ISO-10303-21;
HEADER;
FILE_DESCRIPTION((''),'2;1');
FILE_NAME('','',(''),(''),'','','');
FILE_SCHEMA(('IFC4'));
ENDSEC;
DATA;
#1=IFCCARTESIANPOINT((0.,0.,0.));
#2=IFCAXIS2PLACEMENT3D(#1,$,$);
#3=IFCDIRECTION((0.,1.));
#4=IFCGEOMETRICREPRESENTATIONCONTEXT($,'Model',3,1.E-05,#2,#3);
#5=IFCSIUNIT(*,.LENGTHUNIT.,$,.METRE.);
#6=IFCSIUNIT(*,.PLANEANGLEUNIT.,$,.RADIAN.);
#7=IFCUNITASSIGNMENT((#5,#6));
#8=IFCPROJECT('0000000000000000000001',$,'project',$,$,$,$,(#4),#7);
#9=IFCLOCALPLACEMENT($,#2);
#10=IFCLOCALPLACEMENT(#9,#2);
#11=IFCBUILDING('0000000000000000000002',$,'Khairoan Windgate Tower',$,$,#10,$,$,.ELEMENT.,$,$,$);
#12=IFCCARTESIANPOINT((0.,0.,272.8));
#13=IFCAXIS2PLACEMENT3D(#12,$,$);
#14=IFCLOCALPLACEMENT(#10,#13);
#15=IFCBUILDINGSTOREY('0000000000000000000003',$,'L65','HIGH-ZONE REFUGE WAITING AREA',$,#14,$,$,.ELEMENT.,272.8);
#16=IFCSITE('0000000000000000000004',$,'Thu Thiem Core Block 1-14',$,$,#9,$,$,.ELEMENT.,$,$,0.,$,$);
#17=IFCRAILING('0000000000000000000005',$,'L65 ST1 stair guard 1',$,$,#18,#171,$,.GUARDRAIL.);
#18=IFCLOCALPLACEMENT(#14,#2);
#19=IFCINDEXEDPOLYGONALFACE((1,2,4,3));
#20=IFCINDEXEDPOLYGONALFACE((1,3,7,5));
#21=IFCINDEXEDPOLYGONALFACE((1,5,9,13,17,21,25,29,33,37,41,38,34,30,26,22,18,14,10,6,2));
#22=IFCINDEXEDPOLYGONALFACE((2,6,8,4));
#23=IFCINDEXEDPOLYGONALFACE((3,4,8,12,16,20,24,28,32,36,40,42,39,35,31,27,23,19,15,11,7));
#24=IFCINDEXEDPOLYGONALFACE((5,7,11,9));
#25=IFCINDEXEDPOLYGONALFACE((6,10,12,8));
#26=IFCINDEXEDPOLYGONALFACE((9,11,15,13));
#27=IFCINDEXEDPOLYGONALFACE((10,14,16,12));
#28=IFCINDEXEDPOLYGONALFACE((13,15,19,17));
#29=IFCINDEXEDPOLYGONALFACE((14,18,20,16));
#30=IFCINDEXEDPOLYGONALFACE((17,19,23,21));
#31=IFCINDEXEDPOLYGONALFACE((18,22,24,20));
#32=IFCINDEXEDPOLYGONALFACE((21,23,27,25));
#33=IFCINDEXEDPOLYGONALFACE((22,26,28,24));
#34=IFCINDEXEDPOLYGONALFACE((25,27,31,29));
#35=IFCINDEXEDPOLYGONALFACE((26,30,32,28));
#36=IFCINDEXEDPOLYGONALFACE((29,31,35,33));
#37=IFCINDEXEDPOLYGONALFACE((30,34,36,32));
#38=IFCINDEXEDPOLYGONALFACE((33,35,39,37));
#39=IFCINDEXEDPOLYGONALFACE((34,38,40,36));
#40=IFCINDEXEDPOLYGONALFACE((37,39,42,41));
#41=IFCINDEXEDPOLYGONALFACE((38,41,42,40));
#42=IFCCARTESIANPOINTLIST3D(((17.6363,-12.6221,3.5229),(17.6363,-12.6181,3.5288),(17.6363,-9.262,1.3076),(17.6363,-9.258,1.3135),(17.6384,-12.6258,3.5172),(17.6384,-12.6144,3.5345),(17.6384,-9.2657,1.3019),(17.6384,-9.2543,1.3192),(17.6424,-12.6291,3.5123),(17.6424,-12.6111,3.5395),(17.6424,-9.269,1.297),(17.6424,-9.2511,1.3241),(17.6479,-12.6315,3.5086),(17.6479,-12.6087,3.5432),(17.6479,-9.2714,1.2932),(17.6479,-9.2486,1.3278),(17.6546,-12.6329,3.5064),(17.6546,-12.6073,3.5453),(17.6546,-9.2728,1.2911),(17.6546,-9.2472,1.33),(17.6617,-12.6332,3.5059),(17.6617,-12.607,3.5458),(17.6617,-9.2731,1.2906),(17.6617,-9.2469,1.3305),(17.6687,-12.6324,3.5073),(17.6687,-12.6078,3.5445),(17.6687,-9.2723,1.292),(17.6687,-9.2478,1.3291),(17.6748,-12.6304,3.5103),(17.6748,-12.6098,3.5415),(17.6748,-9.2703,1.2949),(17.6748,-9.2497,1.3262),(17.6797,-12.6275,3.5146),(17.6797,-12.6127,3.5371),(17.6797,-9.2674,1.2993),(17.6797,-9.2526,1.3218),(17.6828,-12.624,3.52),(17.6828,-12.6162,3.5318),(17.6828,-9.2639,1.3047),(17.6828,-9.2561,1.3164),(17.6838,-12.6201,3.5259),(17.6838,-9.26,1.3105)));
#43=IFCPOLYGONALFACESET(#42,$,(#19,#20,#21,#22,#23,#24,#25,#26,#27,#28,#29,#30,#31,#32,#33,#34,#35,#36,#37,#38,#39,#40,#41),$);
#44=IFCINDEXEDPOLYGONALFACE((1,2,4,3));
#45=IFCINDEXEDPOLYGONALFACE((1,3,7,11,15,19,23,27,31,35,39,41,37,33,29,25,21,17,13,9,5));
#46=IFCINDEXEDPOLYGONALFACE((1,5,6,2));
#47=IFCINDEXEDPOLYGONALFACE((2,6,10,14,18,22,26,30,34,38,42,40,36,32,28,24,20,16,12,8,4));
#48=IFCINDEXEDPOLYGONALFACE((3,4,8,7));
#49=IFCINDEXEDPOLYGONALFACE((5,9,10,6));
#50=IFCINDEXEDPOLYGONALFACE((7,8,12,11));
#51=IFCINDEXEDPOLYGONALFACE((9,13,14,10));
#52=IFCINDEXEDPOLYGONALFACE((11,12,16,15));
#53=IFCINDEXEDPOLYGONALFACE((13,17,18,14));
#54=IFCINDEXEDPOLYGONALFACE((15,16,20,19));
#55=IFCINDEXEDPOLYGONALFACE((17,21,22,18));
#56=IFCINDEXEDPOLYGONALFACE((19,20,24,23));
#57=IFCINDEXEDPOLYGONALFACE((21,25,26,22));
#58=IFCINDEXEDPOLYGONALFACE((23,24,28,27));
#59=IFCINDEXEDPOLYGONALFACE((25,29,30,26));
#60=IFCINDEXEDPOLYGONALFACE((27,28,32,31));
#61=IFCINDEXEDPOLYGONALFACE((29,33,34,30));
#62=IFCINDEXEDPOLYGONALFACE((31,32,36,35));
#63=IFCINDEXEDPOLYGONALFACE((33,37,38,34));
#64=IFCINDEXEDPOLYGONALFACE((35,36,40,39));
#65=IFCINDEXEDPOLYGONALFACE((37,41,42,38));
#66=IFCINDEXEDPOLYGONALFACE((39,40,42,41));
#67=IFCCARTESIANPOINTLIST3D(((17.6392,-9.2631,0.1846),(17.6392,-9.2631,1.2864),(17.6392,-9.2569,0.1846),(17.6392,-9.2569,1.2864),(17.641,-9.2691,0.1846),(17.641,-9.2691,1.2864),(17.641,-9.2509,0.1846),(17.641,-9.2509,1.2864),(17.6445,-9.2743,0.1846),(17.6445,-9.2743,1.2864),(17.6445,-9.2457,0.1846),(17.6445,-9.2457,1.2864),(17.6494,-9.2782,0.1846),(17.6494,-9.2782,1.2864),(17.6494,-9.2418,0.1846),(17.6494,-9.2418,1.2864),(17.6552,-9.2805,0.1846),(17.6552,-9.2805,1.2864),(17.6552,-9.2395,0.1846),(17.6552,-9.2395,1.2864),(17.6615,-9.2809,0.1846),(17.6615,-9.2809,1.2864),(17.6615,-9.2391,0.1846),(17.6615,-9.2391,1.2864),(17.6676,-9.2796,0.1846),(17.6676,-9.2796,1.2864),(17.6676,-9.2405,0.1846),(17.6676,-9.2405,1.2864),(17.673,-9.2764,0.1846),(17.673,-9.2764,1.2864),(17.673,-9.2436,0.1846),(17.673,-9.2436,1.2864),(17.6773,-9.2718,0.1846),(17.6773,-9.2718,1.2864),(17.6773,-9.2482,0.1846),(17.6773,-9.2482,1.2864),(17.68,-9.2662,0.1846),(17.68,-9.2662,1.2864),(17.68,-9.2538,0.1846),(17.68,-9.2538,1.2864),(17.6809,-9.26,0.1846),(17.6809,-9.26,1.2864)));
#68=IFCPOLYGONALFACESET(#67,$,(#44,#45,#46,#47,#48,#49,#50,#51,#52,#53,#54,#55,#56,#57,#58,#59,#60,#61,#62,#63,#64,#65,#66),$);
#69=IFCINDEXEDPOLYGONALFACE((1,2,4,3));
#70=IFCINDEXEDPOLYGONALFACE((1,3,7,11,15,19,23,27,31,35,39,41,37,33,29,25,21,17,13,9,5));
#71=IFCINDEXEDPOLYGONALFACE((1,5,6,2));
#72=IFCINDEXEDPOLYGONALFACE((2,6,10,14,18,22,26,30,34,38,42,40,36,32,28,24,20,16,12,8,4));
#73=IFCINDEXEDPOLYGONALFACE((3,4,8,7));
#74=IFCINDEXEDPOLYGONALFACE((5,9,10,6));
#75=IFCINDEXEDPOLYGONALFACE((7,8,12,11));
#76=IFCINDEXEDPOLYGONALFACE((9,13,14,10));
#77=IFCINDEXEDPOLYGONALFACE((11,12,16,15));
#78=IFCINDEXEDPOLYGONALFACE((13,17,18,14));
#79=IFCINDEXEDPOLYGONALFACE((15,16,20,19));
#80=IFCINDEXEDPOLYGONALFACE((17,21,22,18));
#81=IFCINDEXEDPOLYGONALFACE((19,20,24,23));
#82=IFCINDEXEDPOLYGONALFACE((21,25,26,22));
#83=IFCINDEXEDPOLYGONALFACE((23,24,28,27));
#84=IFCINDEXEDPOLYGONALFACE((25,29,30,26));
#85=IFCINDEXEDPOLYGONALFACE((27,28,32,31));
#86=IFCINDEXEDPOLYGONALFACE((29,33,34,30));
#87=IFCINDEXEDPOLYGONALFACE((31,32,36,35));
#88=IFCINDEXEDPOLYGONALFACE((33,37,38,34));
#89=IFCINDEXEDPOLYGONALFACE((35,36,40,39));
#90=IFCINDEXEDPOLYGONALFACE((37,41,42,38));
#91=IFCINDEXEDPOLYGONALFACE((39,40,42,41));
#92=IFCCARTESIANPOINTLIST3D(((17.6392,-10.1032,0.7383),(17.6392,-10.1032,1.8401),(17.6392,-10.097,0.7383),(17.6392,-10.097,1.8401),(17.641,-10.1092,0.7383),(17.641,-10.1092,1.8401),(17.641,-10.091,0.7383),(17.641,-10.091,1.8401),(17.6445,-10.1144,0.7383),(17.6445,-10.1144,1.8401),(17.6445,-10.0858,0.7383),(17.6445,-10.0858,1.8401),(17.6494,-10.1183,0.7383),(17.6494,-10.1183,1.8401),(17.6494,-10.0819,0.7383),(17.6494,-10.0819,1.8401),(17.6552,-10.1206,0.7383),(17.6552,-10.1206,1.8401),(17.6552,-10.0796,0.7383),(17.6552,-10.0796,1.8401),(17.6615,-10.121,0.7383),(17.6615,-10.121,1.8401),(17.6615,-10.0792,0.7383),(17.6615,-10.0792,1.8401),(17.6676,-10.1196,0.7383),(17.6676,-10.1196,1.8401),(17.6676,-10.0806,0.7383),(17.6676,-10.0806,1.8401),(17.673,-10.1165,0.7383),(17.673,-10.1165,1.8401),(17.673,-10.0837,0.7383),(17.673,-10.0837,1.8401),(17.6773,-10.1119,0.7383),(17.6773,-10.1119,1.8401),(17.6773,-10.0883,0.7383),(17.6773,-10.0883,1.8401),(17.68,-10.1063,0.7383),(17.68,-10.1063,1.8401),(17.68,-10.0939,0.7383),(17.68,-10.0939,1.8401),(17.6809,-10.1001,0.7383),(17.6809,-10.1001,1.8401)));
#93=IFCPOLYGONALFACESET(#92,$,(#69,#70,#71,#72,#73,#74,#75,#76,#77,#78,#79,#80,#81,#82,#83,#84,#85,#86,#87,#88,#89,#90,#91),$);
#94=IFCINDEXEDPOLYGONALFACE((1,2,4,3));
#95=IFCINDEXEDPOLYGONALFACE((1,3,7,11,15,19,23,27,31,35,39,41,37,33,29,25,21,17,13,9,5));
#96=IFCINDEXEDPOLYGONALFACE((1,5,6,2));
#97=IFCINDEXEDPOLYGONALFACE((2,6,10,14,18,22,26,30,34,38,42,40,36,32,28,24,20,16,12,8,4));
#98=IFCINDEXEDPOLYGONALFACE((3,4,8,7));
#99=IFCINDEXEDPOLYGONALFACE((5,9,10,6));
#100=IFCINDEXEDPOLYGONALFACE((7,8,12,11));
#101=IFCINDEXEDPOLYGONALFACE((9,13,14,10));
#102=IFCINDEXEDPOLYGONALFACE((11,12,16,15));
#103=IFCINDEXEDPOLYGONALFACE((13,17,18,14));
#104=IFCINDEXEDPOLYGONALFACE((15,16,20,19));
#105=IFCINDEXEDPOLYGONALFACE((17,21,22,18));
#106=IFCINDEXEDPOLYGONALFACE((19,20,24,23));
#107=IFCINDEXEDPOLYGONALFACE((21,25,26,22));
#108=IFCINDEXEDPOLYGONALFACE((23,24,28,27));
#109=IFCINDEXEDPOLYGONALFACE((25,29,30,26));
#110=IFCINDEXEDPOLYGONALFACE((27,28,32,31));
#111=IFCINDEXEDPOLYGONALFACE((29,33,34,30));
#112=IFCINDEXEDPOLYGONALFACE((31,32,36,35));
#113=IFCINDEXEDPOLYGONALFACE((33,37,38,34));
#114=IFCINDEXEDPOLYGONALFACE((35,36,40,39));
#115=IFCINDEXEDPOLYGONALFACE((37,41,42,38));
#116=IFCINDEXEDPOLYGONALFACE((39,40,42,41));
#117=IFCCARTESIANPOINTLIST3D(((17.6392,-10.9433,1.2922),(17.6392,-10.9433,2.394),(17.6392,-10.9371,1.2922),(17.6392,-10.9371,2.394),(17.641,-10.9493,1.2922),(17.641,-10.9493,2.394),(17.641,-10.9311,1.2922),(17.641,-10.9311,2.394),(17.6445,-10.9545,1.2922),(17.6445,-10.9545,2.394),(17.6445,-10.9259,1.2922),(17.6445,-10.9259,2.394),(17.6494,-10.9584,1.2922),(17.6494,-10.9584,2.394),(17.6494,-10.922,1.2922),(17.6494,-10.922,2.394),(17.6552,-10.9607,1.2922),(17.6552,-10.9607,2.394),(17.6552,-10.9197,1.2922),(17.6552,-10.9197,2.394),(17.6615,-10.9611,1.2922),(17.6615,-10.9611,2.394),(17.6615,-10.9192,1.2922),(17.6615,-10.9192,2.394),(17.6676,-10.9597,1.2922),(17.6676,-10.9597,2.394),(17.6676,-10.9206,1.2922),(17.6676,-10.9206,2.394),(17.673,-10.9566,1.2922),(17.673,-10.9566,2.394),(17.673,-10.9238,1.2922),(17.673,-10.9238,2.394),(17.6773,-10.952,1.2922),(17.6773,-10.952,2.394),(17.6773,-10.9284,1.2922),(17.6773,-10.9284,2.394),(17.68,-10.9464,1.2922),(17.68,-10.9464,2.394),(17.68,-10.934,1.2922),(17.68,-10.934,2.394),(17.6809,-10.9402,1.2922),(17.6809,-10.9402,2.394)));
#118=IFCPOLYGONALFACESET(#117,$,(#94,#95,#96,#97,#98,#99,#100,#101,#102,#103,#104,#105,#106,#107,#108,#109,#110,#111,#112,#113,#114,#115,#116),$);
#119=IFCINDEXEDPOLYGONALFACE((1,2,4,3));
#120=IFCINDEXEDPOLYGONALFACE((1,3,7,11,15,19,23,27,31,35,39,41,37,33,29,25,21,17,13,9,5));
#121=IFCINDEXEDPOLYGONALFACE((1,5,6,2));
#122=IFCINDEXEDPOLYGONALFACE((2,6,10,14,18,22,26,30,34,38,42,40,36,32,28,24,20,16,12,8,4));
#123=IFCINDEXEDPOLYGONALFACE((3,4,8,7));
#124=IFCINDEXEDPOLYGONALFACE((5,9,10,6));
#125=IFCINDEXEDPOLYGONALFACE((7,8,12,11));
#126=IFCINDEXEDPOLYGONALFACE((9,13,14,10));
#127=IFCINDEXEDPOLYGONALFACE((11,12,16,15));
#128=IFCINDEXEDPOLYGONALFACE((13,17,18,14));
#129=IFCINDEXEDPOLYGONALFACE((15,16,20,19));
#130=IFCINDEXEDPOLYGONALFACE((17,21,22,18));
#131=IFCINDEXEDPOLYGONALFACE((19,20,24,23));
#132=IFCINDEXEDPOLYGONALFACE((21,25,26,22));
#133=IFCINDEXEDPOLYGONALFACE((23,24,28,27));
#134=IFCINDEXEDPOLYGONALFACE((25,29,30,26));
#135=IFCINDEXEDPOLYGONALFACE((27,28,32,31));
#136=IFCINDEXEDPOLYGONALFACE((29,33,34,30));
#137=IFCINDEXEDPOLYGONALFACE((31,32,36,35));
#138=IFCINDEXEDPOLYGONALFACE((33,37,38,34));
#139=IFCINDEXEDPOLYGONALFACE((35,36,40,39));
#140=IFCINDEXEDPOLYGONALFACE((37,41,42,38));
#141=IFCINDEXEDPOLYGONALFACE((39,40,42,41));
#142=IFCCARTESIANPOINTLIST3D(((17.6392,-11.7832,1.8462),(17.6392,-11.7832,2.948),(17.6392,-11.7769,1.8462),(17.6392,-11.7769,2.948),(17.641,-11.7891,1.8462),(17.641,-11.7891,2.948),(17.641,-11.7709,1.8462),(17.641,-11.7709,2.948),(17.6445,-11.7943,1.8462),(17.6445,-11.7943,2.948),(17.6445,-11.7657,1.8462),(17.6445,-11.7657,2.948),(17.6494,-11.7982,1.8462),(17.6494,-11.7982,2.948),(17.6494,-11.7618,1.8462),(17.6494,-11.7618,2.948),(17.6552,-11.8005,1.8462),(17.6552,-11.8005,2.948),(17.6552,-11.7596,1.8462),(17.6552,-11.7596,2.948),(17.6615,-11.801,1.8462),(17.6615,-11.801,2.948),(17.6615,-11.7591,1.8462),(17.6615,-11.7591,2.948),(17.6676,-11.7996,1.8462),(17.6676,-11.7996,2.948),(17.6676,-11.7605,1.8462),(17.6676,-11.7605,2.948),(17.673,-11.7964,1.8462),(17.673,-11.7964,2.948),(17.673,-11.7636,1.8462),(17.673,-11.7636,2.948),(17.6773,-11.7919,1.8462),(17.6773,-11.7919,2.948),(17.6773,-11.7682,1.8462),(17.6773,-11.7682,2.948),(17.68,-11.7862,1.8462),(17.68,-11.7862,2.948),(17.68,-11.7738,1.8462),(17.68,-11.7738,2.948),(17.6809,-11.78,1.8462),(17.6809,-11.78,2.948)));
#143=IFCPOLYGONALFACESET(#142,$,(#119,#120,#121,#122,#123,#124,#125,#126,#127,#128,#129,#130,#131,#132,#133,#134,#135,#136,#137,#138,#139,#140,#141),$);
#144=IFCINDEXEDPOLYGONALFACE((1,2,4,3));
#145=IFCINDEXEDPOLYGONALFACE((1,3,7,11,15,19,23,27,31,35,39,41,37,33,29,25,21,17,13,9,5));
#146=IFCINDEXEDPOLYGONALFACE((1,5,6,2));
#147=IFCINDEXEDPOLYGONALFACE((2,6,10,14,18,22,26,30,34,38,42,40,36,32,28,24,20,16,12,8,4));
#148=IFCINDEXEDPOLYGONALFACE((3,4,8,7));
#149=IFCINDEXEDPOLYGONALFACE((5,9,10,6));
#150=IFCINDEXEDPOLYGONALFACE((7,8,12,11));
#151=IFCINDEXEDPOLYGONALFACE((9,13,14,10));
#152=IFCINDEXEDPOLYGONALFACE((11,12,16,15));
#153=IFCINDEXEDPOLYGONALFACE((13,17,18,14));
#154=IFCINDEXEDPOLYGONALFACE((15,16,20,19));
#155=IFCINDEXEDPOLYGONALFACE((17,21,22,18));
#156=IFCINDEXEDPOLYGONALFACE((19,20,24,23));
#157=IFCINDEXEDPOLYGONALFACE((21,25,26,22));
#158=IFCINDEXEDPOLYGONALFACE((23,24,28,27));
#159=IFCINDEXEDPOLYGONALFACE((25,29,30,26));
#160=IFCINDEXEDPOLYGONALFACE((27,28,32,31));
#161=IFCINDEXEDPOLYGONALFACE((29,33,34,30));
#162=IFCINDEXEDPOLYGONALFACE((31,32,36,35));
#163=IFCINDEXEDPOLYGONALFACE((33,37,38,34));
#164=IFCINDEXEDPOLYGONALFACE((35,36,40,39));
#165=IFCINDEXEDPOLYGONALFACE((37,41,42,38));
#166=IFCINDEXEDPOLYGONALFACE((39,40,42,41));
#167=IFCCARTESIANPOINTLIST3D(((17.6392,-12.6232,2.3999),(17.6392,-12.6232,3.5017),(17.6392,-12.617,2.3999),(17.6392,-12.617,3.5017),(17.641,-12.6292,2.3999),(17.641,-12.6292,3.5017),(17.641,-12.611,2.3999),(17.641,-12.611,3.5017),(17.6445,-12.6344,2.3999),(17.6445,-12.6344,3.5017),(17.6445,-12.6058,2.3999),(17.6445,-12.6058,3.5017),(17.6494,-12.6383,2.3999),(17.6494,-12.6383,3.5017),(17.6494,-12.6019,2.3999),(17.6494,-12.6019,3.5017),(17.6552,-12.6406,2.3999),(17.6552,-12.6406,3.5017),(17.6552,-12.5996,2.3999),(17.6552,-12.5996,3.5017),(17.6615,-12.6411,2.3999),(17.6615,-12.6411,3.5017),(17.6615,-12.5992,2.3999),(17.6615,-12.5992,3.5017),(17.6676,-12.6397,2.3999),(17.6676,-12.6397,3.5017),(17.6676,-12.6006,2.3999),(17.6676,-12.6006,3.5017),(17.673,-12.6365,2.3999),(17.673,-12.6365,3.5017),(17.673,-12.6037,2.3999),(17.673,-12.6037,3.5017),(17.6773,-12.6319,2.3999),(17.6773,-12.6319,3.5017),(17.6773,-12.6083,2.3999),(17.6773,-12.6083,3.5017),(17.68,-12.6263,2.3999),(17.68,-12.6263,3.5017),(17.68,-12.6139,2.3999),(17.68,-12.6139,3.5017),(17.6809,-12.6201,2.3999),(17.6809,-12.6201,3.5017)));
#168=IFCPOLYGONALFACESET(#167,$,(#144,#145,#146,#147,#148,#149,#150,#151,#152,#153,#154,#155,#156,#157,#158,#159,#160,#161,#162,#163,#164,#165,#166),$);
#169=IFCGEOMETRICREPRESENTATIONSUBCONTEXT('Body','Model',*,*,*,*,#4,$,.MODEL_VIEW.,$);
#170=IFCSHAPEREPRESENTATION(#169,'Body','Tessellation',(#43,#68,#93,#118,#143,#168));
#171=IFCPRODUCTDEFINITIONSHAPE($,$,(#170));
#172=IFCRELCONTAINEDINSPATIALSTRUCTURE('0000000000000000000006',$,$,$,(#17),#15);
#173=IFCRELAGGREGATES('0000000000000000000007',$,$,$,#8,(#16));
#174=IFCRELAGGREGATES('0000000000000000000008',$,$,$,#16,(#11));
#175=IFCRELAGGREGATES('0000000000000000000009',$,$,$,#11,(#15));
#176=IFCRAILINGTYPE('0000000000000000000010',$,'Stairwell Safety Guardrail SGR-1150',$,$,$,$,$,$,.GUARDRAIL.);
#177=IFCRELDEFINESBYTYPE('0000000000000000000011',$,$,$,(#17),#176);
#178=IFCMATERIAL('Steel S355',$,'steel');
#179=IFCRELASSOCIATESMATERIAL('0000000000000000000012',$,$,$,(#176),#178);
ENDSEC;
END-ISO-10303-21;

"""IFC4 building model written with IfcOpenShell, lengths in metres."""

from ifc_helpers import new_model, si_unit, direction, frame, origin, origin_2d, place, context, subcontext, project, spatial, circle, extrude, material, type_object, element, save


model = new_model("IFC4")

# Units and contexts
model_context = context("Model", 3, precision=1e-05, world=origin(), true_north=direction((0.0, 1.0)))
body_context = subcontext(model_context, "Body", "Model", "MODEL_VIEW")
ifc_project = project(units=[si_unit("LENGTHUNIT", "METRE"), si_unit("PLANEANGLEUNIT", "RADIAN")], contexts=[model_context])

# Site, building, storey
site_placement = place(None, origin())
site = spatial("IfcSite", under=ifc_project, at=site_placement, Name="Thu Thiem Core Block 1-14", CompositionType="ELEMENT", RefElevation=0.0)
building_placement = place(site_placement, origin())
building = spatial("IfcBuilding", under=site, at=building_placement, Name="Khairoan Windgate Tower", CompositionType="ELEMENT")
storey_placement = place(building_placement, frame((0.0, 0.0, 272.8)))
storey = spatial("IfcBuildingStorey", under=building, at=storey_placement, Name="L65", Description="HIGH-ZONE REFUGE WAITING AREA", CompositionType="ELEMENT", Elevation=272.8)

# Railing
ifc_material_1 = material(Name="Steel S355", Category="steel")
railing_type_1 = type_object("IfcRailingType", Name="Stairwell Safety Guardrail SGR-1150", PredefinedType="GUARDRAIL", material=ifc_material_1)
railing_1_placement = place(storey_placement, frame((17.6599, -9.26, 0.1846)))
element("IfcRailing", 1, at=railing_1_placement, inside=storey, type_object=railing_type_1, Name="L65 ST1 stair guard 1", PredefinedType="GUARDRAIL", context=body_context, shape_type="SweptSolid", body=[
    extrude(circle(Radius=0.0239, at=origin_2d()), frame((0.0, 0.0, 1.126), z_axis=(0.0, -0.834876, 0.550437), x_axis=(1.0, 0.0, 0.0)), (0.0, 0.0, 1.0), 4.0247),
    extrude(circle(Radius=0.021, at=origin_2d()), origin(), (0.0, 0.0, 1.0), 1.1018),
    extrude(circle(Radius=0.021, at=origin_2d()), frame((0.0, -0.8401, 0.5537)), (0.0, 0.0, 1.0), 1.1018),
    extrude(circle(Radius=0.021, at=origin_2d()), frame((0.0, -1.6802, 1.1077)), (0.0, 0.0, 1.0), 1.1018),
    extrude(circle(Radius=0.021, at=origin_2d()), frame((0.0, -2.52, 1.6616)), (0.0, 0.0, 1.0), 1.1018),
    extrude(circle(Radius=0.021, at=origin_2d()), frame((0.0, -3.3601, 2.2153)), (0.0, 0.0, 1.0), 1.1018),
])

save(model, "model.ifc")
